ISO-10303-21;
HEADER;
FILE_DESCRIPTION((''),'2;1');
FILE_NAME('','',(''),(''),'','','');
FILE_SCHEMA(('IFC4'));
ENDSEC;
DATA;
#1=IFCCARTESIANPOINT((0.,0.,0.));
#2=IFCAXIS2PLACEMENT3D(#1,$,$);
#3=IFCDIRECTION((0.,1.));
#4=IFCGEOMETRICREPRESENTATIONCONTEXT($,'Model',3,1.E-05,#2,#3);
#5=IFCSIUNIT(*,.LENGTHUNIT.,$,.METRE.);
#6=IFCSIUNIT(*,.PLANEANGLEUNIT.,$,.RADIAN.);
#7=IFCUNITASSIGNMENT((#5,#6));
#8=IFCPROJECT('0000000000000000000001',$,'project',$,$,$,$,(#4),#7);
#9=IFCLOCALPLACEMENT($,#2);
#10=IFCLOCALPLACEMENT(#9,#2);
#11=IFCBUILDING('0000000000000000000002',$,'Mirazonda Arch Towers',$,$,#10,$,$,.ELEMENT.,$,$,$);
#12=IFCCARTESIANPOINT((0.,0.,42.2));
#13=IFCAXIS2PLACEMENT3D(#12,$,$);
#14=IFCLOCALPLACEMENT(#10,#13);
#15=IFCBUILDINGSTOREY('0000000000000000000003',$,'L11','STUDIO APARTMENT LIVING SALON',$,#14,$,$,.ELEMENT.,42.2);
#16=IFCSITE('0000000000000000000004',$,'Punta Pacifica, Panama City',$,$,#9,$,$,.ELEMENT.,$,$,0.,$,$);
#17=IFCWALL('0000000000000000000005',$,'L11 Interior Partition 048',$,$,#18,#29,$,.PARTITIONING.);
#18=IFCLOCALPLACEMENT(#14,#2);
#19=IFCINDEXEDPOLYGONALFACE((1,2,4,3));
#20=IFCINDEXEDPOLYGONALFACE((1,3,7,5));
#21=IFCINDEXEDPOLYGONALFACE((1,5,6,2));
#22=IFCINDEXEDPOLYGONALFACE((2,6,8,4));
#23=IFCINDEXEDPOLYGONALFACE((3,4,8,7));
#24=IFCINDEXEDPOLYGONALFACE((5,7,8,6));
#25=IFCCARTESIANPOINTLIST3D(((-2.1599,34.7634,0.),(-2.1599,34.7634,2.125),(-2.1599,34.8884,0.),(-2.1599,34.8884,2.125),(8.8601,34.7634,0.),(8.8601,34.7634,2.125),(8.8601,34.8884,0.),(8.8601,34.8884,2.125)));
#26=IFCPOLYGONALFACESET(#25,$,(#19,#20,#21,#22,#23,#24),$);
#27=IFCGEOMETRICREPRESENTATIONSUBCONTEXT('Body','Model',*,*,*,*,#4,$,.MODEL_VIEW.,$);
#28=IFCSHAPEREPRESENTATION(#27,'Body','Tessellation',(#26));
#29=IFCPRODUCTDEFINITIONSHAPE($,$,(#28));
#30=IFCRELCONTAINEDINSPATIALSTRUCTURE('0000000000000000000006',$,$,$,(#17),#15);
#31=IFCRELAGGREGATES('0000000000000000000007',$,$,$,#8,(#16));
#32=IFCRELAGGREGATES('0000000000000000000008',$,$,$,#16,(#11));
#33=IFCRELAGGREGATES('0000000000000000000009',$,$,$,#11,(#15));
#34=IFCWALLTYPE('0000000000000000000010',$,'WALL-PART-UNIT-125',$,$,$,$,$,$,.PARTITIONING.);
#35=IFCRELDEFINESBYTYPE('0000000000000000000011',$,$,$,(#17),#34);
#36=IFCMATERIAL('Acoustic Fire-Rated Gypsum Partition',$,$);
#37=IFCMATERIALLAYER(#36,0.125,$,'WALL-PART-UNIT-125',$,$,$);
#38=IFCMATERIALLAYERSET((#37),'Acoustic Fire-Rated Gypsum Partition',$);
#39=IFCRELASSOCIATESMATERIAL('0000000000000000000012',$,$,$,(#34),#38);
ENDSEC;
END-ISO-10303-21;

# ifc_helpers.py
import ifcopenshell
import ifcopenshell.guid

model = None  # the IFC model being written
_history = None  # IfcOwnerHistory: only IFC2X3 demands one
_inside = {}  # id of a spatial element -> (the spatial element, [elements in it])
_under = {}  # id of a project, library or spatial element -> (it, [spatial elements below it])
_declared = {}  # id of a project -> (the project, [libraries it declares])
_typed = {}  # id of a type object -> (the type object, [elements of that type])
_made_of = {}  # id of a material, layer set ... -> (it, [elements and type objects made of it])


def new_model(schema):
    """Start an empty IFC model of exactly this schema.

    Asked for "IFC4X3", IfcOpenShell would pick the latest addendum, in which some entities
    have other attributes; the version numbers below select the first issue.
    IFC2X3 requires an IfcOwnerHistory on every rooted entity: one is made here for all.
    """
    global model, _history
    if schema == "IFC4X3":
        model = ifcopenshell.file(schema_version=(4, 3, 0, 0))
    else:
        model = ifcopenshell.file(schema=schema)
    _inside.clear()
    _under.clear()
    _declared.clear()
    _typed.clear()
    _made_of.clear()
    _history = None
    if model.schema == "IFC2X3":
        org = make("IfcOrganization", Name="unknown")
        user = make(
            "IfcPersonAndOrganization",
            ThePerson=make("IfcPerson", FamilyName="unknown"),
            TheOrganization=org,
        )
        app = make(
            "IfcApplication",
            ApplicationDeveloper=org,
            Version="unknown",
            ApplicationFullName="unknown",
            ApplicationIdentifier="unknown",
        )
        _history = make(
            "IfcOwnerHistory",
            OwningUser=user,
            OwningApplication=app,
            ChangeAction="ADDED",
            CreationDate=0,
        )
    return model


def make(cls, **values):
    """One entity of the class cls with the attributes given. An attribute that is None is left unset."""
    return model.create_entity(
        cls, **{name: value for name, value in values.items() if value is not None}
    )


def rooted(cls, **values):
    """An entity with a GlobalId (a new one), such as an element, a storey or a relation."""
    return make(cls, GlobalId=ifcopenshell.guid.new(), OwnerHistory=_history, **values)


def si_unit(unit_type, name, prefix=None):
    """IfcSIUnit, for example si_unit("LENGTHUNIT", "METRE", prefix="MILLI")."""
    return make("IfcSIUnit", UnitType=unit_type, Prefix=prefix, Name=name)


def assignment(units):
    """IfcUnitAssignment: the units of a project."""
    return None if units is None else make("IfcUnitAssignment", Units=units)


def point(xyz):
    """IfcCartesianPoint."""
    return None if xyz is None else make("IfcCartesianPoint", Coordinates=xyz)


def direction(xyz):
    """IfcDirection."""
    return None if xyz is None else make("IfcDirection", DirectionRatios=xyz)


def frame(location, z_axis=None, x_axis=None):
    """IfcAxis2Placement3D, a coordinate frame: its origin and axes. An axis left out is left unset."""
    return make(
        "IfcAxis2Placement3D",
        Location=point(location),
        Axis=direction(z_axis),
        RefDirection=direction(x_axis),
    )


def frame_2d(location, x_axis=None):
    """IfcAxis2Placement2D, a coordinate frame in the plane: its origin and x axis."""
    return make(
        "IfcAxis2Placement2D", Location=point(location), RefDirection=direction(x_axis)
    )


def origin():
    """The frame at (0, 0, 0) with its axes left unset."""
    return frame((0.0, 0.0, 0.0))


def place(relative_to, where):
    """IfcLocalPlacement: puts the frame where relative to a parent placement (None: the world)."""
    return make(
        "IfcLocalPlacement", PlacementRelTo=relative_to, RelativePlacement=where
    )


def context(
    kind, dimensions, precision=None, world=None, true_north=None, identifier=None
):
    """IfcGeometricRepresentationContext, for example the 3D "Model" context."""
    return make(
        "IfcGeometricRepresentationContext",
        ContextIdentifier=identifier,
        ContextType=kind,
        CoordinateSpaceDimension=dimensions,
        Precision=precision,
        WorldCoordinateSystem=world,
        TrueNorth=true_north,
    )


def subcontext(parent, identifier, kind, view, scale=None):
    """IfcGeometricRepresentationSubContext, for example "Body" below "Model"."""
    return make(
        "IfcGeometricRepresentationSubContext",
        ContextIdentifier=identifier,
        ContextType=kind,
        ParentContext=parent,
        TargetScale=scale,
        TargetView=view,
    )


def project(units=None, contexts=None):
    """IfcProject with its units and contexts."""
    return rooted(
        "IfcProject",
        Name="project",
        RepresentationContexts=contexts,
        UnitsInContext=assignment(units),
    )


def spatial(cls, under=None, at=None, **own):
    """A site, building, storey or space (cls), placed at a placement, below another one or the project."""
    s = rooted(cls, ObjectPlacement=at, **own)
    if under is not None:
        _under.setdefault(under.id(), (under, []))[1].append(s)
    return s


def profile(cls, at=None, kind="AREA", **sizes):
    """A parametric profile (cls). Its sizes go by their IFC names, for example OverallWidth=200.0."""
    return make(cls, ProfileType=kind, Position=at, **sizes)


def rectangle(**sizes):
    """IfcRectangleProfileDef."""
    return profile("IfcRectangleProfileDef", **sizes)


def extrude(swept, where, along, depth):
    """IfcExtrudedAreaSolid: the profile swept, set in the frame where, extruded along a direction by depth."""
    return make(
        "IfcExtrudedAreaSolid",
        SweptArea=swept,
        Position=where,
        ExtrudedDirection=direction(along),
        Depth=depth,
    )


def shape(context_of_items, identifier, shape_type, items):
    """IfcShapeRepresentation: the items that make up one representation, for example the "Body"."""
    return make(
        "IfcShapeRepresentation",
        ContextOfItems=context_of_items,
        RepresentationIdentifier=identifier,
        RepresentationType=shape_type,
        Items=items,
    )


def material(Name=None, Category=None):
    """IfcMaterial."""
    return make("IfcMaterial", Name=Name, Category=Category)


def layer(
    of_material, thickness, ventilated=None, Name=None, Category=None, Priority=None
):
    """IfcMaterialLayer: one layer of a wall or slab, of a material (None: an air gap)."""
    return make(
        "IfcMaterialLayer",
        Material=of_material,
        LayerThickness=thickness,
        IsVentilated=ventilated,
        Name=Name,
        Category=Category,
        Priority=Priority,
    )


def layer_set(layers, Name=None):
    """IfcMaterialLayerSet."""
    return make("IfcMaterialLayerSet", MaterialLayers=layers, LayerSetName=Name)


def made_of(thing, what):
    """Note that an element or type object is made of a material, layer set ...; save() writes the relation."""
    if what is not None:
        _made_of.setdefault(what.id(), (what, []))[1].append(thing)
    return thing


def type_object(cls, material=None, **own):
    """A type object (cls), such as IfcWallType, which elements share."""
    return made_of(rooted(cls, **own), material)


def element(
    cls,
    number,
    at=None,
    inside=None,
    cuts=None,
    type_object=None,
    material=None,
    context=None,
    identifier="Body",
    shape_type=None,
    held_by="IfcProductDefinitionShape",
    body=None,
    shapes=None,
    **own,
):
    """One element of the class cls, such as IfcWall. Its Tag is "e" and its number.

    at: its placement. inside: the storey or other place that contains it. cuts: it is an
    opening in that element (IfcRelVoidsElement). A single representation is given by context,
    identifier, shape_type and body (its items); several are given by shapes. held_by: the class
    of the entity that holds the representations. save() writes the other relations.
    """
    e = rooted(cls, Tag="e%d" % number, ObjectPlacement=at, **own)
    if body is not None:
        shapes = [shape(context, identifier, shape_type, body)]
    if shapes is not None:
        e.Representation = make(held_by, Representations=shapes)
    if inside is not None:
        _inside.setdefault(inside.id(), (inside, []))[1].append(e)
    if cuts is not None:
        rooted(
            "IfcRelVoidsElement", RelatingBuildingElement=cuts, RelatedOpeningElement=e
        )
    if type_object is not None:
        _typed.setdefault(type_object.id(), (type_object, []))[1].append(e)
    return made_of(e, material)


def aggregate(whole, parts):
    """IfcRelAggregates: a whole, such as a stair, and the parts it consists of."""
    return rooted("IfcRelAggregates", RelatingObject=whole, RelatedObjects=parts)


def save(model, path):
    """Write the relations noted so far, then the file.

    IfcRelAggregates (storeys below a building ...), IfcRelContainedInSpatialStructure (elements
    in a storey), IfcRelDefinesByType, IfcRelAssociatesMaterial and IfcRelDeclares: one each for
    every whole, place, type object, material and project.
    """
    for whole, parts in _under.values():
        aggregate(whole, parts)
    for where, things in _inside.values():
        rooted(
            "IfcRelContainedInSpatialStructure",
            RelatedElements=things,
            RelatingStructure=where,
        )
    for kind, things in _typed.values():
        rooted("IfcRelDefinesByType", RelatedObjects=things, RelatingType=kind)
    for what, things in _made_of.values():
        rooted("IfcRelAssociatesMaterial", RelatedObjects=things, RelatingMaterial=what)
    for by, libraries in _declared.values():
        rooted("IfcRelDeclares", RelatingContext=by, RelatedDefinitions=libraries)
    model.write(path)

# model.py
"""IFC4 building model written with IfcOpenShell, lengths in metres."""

from ifc_helpers import new_model, si_unit, direction, frame, frame_2d, origin, place, context, subcontext, project, spatial, rectangle, extrude, material, layer, layer_set, type_object, element, save


model = new_model("IFC4")

# Units and contexts
model_context = context("Model", 3, precision=1e-05, world=origin(), true_north=direction((0.0, 1.0)))
body_context = subcontext(model_context, "Body", "Model", "MODEL_VIEW")
ifc_project = project(units=[si_unit("LENGTHUNIT", "METRE"), si_unit("PLANEANGLEUNIT", "RADIAN")], contexts=[model_context])

# Site, building, storey
site_placement = place(None, origin())
site = spatial("IfcSite", under=ifc_project, at=site_placement, Name="Punta Pacifica, Panama City", CompositionType="ELEMENT", RefElevation=0.0)
building_placement = place(site_placement, origin())
building = spatial("IfcBuilding", under=site, at=building_placement, Name="Mirazonda Arch Towers", CompositionType="ELEMENT")
storey_placement = place(building_placement, frame((0.0, 0.0, 42.2)))
storey = spatial("IfcBuildingStorey", under=building, at=storey_placement, Name="L11", Description="STUDIO APARTMENT LIVING SALON", CompositionType="ELEMENT", Elevation=42.2)

# Wall
ifc_material_1 = material(Name="Acoustic Fire-Rated Gypsum Partition")
ifc_layer_1 = layer(ifc_material_1, 0.125, Name="WALL-PART-UNIT-125")
ifc_layer_set_1 = layer_set([ifc_layer_1], Name="Acoustic Fire-Rated Gypsum Partition")
wall_type_1 = type_object("IfcWallType", Name="WALL-PART-UNIT-125", PredefinedType="PARTITIONING", material=ifc_layer_set_1)
wall_1_placement = place(storey_placement, frame((-2.1599, 34.8259, 0.0), z_axis=(0.0, 0.0, 1.0), x_axis=(1.0, 0.0, 0.0)))
element("IfcWall", 1, at=wall_1_placement, inside=storey, type_object=wall_type_1, Name="L11 Interior Partition 048", PredefinedType="PARTITIONING", context=body_context, shape_type="SweptSolid", body=[
    extrude(rectangle(XDim=11.02, YDim=0.125, at=frame_2d((5.51, 0.0))), origin(), (0.0, 0.0, 1.0), 2.125),
])

save(model, "model.ifc")
